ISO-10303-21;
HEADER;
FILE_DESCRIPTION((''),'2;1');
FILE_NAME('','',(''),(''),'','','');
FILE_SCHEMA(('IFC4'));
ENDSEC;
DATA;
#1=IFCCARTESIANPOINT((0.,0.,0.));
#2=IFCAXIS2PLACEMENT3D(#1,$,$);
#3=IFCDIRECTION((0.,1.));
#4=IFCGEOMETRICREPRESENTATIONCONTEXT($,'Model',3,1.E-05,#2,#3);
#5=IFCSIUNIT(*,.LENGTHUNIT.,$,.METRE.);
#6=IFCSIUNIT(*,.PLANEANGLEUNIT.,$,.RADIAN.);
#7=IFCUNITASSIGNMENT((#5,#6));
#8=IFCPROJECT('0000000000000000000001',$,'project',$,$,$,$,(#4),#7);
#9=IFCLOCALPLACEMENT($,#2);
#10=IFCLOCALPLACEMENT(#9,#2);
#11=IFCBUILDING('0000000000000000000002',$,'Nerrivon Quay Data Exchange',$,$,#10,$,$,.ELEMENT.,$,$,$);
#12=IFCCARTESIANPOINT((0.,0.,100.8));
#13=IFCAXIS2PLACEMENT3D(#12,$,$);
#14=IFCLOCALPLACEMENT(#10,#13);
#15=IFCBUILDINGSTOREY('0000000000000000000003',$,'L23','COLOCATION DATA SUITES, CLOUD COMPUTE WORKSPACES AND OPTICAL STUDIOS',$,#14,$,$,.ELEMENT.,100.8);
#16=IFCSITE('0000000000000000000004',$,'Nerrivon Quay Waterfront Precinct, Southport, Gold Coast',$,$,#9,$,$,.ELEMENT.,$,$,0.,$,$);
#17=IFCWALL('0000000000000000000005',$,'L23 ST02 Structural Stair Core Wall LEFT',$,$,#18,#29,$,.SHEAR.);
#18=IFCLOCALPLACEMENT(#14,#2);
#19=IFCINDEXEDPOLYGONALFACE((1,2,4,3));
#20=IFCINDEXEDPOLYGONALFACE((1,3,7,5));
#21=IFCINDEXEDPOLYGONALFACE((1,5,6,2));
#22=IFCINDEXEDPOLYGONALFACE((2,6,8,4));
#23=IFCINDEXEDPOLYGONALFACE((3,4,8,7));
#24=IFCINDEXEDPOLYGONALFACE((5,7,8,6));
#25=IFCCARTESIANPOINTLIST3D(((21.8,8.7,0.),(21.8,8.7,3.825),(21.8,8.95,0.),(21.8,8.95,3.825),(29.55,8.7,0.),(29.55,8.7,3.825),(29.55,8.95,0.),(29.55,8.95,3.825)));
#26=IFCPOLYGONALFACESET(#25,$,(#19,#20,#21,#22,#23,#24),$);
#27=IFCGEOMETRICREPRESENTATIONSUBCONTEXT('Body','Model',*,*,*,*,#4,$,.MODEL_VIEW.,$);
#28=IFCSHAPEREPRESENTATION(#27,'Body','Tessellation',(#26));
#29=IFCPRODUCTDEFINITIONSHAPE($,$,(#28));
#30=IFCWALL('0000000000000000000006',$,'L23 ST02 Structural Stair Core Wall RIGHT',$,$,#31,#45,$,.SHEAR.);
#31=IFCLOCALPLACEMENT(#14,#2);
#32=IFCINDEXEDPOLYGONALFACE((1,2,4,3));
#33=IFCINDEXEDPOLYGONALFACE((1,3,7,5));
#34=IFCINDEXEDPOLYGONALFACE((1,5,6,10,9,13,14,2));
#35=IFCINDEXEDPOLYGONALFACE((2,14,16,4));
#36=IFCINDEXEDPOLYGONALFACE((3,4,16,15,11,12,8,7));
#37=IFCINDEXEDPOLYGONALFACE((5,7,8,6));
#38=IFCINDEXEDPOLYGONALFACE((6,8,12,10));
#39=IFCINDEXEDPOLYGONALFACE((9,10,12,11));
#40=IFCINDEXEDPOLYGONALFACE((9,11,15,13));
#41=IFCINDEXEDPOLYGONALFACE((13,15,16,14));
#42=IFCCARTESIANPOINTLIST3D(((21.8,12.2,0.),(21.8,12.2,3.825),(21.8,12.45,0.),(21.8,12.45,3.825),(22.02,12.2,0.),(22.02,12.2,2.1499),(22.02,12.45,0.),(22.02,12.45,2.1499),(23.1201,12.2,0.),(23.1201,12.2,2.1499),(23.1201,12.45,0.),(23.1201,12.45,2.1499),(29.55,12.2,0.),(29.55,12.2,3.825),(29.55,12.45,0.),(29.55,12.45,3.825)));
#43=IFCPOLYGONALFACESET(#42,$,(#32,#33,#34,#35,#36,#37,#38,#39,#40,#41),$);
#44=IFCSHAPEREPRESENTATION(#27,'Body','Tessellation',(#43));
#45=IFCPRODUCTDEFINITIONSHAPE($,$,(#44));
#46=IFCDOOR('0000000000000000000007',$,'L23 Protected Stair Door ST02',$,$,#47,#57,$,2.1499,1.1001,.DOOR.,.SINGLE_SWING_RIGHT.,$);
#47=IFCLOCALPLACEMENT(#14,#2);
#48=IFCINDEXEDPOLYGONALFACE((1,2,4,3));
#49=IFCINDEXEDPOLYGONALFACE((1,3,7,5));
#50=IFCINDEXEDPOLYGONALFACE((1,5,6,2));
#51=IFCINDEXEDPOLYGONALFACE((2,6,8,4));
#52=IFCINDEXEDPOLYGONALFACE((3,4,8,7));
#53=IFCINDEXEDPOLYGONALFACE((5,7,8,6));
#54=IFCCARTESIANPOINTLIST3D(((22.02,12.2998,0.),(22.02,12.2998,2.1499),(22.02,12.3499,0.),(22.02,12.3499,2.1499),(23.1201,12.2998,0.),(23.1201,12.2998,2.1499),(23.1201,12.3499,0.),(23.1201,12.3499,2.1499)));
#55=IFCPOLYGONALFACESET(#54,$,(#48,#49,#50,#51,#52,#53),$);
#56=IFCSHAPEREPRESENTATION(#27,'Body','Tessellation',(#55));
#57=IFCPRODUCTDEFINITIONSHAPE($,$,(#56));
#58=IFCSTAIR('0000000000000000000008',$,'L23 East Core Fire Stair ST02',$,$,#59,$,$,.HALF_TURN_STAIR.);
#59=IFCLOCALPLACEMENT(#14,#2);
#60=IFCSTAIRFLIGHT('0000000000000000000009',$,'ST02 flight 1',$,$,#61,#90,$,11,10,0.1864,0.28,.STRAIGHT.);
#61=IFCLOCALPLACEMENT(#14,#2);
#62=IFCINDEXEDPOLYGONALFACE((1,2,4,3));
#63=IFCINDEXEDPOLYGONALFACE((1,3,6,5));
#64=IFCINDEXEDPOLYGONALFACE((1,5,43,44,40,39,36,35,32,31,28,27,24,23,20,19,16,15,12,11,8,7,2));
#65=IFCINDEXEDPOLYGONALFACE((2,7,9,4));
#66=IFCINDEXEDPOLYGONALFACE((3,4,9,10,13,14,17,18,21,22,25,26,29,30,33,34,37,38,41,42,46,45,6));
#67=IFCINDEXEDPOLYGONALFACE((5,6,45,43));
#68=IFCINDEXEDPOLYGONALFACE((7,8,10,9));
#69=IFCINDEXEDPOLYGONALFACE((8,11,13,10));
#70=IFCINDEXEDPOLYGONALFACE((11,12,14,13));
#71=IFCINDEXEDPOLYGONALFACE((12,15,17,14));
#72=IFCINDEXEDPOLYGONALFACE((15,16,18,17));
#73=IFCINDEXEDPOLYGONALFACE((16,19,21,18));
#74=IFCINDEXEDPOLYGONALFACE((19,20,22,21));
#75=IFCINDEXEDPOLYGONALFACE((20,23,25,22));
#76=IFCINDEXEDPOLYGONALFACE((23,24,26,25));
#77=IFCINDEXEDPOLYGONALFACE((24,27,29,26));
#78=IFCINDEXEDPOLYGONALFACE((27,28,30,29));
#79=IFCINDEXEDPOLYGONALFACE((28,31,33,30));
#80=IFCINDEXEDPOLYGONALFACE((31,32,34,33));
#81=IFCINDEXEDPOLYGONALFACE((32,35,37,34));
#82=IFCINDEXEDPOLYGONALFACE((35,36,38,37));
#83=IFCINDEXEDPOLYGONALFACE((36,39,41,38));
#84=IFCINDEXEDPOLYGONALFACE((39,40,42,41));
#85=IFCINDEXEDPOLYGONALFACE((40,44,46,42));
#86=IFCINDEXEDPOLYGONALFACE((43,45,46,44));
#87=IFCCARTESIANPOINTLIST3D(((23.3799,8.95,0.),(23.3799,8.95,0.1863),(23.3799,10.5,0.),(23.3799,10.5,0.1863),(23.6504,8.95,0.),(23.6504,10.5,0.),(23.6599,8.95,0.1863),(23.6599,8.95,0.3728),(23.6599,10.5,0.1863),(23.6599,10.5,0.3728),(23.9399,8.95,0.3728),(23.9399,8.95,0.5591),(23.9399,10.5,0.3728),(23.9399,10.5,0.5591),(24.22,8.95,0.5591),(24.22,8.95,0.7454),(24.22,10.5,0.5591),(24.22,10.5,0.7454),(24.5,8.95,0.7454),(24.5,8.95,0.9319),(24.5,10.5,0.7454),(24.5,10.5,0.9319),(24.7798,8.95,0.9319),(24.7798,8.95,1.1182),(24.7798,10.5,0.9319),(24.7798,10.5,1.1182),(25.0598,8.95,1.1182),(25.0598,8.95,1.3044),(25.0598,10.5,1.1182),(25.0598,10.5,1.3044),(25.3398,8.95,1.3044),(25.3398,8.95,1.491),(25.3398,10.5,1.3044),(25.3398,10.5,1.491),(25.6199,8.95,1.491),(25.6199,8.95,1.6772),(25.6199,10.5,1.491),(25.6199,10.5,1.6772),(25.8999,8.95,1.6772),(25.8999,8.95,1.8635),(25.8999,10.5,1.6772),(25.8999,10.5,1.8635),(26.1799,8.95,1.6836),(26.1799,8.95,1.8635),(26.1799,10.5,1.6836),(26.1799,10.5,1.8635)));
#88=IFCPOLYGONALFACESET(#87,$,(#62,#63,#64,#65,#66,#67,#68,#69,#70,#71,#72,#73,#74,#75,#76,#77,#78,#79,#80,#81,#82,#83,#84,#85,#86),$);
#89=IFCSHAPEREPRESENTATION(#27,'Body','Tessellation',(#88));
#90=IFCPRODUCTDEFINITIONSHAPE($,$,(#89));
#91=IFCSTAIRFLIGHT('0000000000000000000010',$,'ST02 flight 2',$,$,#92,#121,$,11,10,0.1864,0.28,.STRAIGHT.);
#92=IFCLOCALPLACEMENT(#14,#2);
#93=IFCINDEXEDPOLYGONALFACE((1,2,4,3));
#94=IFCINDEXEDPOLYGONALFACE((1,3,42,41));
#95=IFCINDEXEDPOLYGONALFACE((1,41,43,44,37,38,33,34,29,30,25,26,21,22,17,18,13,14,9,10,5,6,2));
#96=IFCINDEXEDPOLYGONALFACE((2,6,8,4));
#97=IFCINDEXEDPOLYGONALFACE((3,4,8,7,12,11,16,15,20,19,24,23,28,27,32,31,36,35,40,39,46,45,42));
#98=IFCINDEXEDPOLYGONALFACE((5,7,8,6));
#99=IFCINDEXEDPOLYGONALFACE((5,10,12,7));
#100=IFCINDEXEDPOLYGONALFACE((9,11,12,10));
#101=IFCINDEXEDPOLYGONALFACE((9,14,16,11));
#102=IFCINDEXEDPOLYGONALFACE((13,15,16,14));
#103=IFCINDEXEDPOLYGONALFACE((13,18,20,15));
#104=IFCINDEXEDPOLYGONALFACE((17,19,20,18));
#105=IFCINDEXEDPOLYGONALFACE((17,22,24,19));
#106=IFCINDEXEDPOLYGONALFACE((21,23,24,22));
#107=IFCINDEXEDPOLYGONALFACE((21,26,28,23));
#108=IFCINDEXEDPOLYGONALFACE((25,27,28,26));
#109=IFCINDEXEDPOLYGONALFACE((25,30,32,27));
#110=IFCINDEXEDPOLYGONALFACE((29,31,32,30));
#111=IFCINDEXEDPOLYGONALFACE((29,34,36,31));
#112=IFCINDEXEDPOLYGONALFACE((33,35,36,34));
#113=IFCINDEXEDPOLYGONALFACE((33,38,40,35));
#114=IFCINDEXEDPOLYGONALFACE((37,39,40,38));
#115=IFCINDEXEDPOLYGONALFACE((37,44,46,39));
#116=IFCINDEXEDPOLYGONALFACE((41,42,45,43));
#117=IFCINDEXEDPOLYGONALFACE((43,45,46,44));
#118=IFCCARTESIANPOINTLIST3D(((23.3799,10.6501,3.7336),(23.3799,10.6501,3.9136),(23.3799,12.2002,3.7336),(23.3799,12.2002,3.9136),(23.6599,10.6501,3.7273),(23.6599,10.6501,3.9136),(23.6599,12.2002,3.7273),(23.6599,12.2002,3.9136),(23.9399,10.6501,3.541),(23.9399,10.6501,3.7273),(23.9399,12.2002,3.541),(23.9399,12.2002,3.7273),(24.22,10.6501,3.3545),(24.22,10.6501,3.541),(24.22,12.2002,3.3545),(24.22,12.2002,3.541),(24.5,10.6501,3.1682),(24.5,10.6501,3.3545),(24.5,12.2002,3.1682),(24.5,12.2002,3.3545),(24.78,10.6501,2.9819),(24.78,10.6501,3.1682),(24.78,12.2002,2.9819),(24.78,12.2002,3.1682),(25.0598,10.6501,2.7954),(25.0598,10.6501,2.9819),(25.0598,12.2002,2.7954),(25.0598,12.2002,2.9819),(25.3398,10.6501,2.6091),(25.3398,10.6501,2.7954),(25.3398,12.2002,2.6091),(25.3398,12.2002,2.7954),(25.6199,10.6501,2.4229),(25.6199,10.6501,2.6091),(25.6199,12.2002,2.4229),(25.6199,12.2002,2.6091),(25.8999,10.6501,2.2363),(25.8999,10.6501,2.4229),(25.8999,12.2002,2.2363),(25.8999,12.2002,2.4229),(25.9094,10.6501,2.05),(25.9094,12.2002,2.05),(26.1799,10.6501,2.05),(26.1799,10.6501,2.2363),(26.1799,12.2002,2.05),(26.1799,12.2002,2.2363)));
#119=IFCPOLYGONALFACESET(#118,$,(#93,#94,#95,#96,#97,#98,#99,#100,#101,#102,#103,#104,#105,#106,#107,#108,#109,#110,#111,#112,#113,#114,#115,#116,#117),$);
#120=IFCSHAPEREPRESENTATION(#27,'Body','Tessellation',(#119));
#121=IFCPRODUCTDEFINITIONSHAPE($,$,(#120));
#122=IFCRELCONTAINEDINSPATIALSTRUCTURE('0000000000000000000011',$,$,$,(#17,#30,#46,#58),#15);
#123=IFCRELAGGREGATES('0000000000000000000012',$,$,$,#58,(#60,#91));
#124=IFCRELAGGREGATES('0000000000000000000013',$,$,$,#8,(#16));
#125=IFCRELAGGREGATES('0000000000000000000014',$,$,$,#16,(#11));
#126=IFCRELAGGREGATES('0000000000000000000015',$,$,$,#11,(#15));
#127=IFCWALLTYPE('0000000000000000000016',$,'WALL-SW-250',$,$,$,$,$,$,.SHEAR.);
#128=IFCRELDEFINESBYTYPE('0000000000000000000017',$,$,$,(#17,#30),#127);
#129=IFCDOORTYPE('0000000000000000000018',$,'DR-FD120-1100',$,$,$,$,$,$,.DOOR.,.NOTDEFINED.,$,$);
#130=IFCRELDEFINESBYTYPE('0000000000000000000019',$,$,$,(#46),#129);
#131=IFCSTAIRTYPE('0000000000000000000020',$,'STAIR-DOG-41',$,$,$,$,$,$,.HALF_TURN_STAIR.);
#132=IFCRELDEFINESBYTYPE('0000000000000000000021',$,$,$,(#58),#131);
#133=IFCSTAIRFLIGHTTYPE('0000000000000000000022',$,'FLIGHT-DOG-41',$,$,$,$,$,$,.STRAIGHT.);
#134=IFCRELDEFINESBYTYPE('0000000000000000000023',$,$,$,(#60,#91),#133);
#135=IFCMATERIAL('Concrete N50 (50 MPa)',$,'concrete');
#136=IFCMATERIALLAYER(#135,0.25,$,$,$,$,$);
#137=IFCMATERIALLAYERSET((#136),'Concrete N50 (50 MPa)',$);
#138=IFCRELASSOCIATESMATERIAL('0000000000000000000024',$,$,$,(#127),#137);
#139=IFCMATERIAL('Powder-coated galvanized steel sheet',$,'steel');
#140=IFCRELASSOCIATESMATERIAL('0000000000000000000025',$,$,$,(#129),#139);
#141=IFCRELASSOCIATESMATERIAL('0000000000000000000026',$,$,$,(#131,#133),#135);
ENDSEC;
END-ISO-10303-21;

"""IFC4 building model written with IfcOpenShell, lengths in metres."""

from ifc_helpers import new_model, si_unit, direction, frame, frame_2d, origin, place, context, subcontext, project, spatial, polyline, rectangle, outline, extrude, material, layer, layer_set, type_object, element, fill, aggregate, save


model = new_model("IFC4")

# Units and contexts
model_context = context("Model", 3, precision=1e-05, world=origin(), true_north=direction((0.0, 1.0)))
body_context = subcontext(model_context, "Body", "Model", "MODEL_VIEW")
ifc_project = project(units=[si_unit("LENGTHUNIT", "METRE"), si_unit("PLANEANGLEUNIT", "RADIAN")], contexts=[model_context])

# Site, building, storey
site_placement = place(None, origin())
site = spatial("IfcSite", under=ifc_project, at=site_placement, Name="Nerrivon Quay Waterfront Precinct, Southport, Gold Coast", CompositionType="ELEMENT", RefElevation=0.0)
building_placement = place(site_placement, origin())
building = spatial("IfcBuilding", under=site, at=building_placement, Name="Nerrivon Quay Data Exchange", CompositionType="ELEMENT")
storey_placement = place(building_placement, frame((0.0, 0.0, 100.8)))
storey = spatial("IfcBuildingStorey", under=building, at=storey_placement, Name="L23", Description="COLOCATION DATA SUITES, CLOUD COMPUTE WORKSPACES AND OPTICAL STUDIOS", CompositionType="ELEMENT", Elevation=100.8)

# Wall
ifc_material_1 = material(Name="Concrete N50 (50 MPa)", Category="concrete")
ifc_layer_1 = layer(ifc_material_1, 0.25)
ifc_layer_set_1 = layer_set([ifc_layer_1], Name="Concrete N50 (50 MPa)")
wall_type_1 = type_object("IfcWallType", Name="WALL-SW-250", PredefinedType="SHEAR", material=ifc_layer_set_1)
wall_1_placement = place(storey_placement, frame((21.8, 8.825, 0.0), z_axis=(0.0, 0.0, 1.0), x_axis=(1.0, 0.0, 0.0)))
element("IfcWall", 1, at=wall_1_placement, inside=storey, type_object=wall_type_1, Name="L23 ST02 Structural Stair Core Wall LEFT", PredefinedType="SHEAR", context=body_context, shape_type="SweptSolid", body=[
    extrude(rectangle(XDim=7.75, YDim=0.25, at=frame_2d((3.875, 0.0))), origin(), (0.0, 0.0, 1.0), 3.825),
])

# Wall, opening, door
wall_2_placement = place(storey_placement, frame((21.8, 12.325, 0.0), z_axis=(0.0, 0.0, 1.0), x_axis=(1.0, 0.0, 0.0)))
wall_2 = element("IfcWall", 2, at=wall_2_placement, inside=storey, type_object=wall_type_1, Name="L23 ST02 Structural Stair Core Wall RIGHT", PredefinedType="SHEAR", context=body_context, shape_type="SweptSolid", body=[
    extrude(rectangle(XDim=7.75, YDim=0.25, at=frame_2d((3.875, 0.0))), origin(), (0.0, 0.0, 1.0), 3.825),
])
opening_1_placement = place(wall_2_placement, frame((0.22, 0.0, 0.0)))
opening_1 = element("IfcOpeningElement", 3, at=opening_1_placement, cuts=wall_2, PredefinedType="OPENING", context=body_context, shape_type="SweptSolid", body=[
    extrude(rectangle(XDim=1.1001, YDim=2.1499, at=frame_2d((0.55, 1.075))), frame((0.0, 0.135, 0.0), z_axis=(0.0, -1.0, 0.0), x_axis=(1.0, 0.0, 0.0)), (0.0, 0.0, 1.0), 0.27),
])
ifc_material_2 = material(Name="Powder-coated galvanized steel sheet", Category="steel")
door_type_1 = type_object("IfcDoorType", Name="DR-FD120-1100", OperationType="NOTDEFINED", PredefinedType="DOOR", material=ifc_material_2)
door_1_placement = place(opening_1_placement, origin())
door_1 = element("IfcDoor", 4, at=door_1_placement, inside=storey, type_object=door_type_1, Name="L23 Protected Stair Door ST02", OperationType="SINGLE_SWING_RIGHT", OverallHeight=2.1499, OverallWidth=1.1001, PredefinedType="DOOR", context=body_context, shape_type="SweptSolid", body=[
    extrude(rectangle(XDim=1.1001, YDim=2.1499, at=frame_2d((0.55, 1.075))), frame((0.0, 0.0249, 0.0), z_axis=(0.0, -1.0, 0.0), x_axis=(1.0, 0.0, 0.0)), (0.0, 0.0, 1.0), 0.05),
])
fill(opening_1, door_1)

# Stair, stair flights
stair_type = type_object("IfcStairType", Name="STAIR-DOG-41", PredefinedType="HALF_TURN_STAIR", material=ifc_material_1)
stair_placement = place(storey_placement, origin())
stair = element("IfcStair", 5, at=stair_placement, inside=storey, type_object=stair_type, Name="L23 East Core Fire Stair ST02", PredefinedType="HALF_TURN_STAIR")
stair_flight_type = type_object("IfcStairFlightType", Name="FLIGHT-DOG-41", PredefinedType="STRAIGHT", material=ifc_material_1)
stair_flight_1_placement = place(storey_placement, frame((23.3799, 9.7251, 0.0), z_axis=(0.0, 0.0, 1.0), x_axis=(1.0, 0.0, 0.0)))
stair_flight_1 = element("IfcStairFlight", 6, at=stair_flight_1_placement, type_object=stair_flight_type, Name="ST02 flight 1", NumberOfRisers=11, NumberOfTreads=10, PredefinedType="STRAIGHT", RiserHeight=0.1864, TreadLength=0.28, context=body_context, shape_type="SweptSolid", body=[
    extrude(outline(polyline([(0.0, 0.0), (0.0, 0.1863), (0.28, 0.1863), (0.28, 0.3728), (0.5601, 0.3728), (0.5601, 0.5591), (0.8401, 0.5591), (0.8401, 0.7454), (1.1201, 0.7454), (1.1201, 0.9319), (1.3999, 0.9319), (1.3999, 1.1182), (1.6799, 1.1182), (1.6799, 1.3044), (1.96, 1.3044), (1.96, 1.491), (2.24, 1.491), (2.24, 1.6772), (2.52, 1.6772), (2.52, 1.8635), (2.8, 1.8635), (2.8, 2.05), (2.8, 1.6836), (0.2705, 0.0), (0.0, 0.0)])), frame((0.0, 0.7749, 0.0), z_axis=(0.0, -1.0, 0.0), x_axis=(1.0, 0.0, 0.0)), (0.0, 0.0, 1.0), 1.55),
])
stair_flight_2_placement = place(storey_placement, frame((26.1799, 11.425, 2.05), z_axis=(0.0, 0.0, 1.0), x_axis=(-1.0, 0.0, 0.0)))
stair_flight_2 = element("IfcStairFlight", 7, at=stair_flight_2_placement, type_object=stair_flight_type, Name="ST02 flight 2", NumberOfRisers=11, NumberOfTreads=10, PredefinedType="STRAIGHT", RiserHeight=0.1864, TreadLength=0.28, context=body_context, shape_type="SweptSolid", body=[
    extrude(outline(polyline([(0.0, 0.0), (0.0, 0.1863), (0.28, 0.1863), (0.28, 0.3728), (0.5601, 0.3728), (0.5601, 0.5591), (0.8401, 0.5591), (0.8401, 0.7454), (1.1201, 0.7454), (1.1201, 0.9319), (1.3999, 0.9319), (1.3999, 1.1182), (1.6799, 1.1182), (1.6799, 1.3044), (1.96, 1.3044), (1.96, 1.491), (2.24, 1.491), (2.24, 1.6772), (2.52, 1.6772), (2.52, 1.8635), (2.8, 1.8635), (2.8, 2.05), (2.8, 1.6836), (0.2705, 0.0), (0.0, 0.0)])), frame((0.0, 0.7749, 0.0), z_axis=(0.0, -1.0, 0.0), x_axis=(1.0, 0.0, 0.0)), (0.0, 0.0, 1.0), 1.55),
])
aggregate(stair, [stair_flight_1, stair_flight_2])

save(model, "model.ifc")
